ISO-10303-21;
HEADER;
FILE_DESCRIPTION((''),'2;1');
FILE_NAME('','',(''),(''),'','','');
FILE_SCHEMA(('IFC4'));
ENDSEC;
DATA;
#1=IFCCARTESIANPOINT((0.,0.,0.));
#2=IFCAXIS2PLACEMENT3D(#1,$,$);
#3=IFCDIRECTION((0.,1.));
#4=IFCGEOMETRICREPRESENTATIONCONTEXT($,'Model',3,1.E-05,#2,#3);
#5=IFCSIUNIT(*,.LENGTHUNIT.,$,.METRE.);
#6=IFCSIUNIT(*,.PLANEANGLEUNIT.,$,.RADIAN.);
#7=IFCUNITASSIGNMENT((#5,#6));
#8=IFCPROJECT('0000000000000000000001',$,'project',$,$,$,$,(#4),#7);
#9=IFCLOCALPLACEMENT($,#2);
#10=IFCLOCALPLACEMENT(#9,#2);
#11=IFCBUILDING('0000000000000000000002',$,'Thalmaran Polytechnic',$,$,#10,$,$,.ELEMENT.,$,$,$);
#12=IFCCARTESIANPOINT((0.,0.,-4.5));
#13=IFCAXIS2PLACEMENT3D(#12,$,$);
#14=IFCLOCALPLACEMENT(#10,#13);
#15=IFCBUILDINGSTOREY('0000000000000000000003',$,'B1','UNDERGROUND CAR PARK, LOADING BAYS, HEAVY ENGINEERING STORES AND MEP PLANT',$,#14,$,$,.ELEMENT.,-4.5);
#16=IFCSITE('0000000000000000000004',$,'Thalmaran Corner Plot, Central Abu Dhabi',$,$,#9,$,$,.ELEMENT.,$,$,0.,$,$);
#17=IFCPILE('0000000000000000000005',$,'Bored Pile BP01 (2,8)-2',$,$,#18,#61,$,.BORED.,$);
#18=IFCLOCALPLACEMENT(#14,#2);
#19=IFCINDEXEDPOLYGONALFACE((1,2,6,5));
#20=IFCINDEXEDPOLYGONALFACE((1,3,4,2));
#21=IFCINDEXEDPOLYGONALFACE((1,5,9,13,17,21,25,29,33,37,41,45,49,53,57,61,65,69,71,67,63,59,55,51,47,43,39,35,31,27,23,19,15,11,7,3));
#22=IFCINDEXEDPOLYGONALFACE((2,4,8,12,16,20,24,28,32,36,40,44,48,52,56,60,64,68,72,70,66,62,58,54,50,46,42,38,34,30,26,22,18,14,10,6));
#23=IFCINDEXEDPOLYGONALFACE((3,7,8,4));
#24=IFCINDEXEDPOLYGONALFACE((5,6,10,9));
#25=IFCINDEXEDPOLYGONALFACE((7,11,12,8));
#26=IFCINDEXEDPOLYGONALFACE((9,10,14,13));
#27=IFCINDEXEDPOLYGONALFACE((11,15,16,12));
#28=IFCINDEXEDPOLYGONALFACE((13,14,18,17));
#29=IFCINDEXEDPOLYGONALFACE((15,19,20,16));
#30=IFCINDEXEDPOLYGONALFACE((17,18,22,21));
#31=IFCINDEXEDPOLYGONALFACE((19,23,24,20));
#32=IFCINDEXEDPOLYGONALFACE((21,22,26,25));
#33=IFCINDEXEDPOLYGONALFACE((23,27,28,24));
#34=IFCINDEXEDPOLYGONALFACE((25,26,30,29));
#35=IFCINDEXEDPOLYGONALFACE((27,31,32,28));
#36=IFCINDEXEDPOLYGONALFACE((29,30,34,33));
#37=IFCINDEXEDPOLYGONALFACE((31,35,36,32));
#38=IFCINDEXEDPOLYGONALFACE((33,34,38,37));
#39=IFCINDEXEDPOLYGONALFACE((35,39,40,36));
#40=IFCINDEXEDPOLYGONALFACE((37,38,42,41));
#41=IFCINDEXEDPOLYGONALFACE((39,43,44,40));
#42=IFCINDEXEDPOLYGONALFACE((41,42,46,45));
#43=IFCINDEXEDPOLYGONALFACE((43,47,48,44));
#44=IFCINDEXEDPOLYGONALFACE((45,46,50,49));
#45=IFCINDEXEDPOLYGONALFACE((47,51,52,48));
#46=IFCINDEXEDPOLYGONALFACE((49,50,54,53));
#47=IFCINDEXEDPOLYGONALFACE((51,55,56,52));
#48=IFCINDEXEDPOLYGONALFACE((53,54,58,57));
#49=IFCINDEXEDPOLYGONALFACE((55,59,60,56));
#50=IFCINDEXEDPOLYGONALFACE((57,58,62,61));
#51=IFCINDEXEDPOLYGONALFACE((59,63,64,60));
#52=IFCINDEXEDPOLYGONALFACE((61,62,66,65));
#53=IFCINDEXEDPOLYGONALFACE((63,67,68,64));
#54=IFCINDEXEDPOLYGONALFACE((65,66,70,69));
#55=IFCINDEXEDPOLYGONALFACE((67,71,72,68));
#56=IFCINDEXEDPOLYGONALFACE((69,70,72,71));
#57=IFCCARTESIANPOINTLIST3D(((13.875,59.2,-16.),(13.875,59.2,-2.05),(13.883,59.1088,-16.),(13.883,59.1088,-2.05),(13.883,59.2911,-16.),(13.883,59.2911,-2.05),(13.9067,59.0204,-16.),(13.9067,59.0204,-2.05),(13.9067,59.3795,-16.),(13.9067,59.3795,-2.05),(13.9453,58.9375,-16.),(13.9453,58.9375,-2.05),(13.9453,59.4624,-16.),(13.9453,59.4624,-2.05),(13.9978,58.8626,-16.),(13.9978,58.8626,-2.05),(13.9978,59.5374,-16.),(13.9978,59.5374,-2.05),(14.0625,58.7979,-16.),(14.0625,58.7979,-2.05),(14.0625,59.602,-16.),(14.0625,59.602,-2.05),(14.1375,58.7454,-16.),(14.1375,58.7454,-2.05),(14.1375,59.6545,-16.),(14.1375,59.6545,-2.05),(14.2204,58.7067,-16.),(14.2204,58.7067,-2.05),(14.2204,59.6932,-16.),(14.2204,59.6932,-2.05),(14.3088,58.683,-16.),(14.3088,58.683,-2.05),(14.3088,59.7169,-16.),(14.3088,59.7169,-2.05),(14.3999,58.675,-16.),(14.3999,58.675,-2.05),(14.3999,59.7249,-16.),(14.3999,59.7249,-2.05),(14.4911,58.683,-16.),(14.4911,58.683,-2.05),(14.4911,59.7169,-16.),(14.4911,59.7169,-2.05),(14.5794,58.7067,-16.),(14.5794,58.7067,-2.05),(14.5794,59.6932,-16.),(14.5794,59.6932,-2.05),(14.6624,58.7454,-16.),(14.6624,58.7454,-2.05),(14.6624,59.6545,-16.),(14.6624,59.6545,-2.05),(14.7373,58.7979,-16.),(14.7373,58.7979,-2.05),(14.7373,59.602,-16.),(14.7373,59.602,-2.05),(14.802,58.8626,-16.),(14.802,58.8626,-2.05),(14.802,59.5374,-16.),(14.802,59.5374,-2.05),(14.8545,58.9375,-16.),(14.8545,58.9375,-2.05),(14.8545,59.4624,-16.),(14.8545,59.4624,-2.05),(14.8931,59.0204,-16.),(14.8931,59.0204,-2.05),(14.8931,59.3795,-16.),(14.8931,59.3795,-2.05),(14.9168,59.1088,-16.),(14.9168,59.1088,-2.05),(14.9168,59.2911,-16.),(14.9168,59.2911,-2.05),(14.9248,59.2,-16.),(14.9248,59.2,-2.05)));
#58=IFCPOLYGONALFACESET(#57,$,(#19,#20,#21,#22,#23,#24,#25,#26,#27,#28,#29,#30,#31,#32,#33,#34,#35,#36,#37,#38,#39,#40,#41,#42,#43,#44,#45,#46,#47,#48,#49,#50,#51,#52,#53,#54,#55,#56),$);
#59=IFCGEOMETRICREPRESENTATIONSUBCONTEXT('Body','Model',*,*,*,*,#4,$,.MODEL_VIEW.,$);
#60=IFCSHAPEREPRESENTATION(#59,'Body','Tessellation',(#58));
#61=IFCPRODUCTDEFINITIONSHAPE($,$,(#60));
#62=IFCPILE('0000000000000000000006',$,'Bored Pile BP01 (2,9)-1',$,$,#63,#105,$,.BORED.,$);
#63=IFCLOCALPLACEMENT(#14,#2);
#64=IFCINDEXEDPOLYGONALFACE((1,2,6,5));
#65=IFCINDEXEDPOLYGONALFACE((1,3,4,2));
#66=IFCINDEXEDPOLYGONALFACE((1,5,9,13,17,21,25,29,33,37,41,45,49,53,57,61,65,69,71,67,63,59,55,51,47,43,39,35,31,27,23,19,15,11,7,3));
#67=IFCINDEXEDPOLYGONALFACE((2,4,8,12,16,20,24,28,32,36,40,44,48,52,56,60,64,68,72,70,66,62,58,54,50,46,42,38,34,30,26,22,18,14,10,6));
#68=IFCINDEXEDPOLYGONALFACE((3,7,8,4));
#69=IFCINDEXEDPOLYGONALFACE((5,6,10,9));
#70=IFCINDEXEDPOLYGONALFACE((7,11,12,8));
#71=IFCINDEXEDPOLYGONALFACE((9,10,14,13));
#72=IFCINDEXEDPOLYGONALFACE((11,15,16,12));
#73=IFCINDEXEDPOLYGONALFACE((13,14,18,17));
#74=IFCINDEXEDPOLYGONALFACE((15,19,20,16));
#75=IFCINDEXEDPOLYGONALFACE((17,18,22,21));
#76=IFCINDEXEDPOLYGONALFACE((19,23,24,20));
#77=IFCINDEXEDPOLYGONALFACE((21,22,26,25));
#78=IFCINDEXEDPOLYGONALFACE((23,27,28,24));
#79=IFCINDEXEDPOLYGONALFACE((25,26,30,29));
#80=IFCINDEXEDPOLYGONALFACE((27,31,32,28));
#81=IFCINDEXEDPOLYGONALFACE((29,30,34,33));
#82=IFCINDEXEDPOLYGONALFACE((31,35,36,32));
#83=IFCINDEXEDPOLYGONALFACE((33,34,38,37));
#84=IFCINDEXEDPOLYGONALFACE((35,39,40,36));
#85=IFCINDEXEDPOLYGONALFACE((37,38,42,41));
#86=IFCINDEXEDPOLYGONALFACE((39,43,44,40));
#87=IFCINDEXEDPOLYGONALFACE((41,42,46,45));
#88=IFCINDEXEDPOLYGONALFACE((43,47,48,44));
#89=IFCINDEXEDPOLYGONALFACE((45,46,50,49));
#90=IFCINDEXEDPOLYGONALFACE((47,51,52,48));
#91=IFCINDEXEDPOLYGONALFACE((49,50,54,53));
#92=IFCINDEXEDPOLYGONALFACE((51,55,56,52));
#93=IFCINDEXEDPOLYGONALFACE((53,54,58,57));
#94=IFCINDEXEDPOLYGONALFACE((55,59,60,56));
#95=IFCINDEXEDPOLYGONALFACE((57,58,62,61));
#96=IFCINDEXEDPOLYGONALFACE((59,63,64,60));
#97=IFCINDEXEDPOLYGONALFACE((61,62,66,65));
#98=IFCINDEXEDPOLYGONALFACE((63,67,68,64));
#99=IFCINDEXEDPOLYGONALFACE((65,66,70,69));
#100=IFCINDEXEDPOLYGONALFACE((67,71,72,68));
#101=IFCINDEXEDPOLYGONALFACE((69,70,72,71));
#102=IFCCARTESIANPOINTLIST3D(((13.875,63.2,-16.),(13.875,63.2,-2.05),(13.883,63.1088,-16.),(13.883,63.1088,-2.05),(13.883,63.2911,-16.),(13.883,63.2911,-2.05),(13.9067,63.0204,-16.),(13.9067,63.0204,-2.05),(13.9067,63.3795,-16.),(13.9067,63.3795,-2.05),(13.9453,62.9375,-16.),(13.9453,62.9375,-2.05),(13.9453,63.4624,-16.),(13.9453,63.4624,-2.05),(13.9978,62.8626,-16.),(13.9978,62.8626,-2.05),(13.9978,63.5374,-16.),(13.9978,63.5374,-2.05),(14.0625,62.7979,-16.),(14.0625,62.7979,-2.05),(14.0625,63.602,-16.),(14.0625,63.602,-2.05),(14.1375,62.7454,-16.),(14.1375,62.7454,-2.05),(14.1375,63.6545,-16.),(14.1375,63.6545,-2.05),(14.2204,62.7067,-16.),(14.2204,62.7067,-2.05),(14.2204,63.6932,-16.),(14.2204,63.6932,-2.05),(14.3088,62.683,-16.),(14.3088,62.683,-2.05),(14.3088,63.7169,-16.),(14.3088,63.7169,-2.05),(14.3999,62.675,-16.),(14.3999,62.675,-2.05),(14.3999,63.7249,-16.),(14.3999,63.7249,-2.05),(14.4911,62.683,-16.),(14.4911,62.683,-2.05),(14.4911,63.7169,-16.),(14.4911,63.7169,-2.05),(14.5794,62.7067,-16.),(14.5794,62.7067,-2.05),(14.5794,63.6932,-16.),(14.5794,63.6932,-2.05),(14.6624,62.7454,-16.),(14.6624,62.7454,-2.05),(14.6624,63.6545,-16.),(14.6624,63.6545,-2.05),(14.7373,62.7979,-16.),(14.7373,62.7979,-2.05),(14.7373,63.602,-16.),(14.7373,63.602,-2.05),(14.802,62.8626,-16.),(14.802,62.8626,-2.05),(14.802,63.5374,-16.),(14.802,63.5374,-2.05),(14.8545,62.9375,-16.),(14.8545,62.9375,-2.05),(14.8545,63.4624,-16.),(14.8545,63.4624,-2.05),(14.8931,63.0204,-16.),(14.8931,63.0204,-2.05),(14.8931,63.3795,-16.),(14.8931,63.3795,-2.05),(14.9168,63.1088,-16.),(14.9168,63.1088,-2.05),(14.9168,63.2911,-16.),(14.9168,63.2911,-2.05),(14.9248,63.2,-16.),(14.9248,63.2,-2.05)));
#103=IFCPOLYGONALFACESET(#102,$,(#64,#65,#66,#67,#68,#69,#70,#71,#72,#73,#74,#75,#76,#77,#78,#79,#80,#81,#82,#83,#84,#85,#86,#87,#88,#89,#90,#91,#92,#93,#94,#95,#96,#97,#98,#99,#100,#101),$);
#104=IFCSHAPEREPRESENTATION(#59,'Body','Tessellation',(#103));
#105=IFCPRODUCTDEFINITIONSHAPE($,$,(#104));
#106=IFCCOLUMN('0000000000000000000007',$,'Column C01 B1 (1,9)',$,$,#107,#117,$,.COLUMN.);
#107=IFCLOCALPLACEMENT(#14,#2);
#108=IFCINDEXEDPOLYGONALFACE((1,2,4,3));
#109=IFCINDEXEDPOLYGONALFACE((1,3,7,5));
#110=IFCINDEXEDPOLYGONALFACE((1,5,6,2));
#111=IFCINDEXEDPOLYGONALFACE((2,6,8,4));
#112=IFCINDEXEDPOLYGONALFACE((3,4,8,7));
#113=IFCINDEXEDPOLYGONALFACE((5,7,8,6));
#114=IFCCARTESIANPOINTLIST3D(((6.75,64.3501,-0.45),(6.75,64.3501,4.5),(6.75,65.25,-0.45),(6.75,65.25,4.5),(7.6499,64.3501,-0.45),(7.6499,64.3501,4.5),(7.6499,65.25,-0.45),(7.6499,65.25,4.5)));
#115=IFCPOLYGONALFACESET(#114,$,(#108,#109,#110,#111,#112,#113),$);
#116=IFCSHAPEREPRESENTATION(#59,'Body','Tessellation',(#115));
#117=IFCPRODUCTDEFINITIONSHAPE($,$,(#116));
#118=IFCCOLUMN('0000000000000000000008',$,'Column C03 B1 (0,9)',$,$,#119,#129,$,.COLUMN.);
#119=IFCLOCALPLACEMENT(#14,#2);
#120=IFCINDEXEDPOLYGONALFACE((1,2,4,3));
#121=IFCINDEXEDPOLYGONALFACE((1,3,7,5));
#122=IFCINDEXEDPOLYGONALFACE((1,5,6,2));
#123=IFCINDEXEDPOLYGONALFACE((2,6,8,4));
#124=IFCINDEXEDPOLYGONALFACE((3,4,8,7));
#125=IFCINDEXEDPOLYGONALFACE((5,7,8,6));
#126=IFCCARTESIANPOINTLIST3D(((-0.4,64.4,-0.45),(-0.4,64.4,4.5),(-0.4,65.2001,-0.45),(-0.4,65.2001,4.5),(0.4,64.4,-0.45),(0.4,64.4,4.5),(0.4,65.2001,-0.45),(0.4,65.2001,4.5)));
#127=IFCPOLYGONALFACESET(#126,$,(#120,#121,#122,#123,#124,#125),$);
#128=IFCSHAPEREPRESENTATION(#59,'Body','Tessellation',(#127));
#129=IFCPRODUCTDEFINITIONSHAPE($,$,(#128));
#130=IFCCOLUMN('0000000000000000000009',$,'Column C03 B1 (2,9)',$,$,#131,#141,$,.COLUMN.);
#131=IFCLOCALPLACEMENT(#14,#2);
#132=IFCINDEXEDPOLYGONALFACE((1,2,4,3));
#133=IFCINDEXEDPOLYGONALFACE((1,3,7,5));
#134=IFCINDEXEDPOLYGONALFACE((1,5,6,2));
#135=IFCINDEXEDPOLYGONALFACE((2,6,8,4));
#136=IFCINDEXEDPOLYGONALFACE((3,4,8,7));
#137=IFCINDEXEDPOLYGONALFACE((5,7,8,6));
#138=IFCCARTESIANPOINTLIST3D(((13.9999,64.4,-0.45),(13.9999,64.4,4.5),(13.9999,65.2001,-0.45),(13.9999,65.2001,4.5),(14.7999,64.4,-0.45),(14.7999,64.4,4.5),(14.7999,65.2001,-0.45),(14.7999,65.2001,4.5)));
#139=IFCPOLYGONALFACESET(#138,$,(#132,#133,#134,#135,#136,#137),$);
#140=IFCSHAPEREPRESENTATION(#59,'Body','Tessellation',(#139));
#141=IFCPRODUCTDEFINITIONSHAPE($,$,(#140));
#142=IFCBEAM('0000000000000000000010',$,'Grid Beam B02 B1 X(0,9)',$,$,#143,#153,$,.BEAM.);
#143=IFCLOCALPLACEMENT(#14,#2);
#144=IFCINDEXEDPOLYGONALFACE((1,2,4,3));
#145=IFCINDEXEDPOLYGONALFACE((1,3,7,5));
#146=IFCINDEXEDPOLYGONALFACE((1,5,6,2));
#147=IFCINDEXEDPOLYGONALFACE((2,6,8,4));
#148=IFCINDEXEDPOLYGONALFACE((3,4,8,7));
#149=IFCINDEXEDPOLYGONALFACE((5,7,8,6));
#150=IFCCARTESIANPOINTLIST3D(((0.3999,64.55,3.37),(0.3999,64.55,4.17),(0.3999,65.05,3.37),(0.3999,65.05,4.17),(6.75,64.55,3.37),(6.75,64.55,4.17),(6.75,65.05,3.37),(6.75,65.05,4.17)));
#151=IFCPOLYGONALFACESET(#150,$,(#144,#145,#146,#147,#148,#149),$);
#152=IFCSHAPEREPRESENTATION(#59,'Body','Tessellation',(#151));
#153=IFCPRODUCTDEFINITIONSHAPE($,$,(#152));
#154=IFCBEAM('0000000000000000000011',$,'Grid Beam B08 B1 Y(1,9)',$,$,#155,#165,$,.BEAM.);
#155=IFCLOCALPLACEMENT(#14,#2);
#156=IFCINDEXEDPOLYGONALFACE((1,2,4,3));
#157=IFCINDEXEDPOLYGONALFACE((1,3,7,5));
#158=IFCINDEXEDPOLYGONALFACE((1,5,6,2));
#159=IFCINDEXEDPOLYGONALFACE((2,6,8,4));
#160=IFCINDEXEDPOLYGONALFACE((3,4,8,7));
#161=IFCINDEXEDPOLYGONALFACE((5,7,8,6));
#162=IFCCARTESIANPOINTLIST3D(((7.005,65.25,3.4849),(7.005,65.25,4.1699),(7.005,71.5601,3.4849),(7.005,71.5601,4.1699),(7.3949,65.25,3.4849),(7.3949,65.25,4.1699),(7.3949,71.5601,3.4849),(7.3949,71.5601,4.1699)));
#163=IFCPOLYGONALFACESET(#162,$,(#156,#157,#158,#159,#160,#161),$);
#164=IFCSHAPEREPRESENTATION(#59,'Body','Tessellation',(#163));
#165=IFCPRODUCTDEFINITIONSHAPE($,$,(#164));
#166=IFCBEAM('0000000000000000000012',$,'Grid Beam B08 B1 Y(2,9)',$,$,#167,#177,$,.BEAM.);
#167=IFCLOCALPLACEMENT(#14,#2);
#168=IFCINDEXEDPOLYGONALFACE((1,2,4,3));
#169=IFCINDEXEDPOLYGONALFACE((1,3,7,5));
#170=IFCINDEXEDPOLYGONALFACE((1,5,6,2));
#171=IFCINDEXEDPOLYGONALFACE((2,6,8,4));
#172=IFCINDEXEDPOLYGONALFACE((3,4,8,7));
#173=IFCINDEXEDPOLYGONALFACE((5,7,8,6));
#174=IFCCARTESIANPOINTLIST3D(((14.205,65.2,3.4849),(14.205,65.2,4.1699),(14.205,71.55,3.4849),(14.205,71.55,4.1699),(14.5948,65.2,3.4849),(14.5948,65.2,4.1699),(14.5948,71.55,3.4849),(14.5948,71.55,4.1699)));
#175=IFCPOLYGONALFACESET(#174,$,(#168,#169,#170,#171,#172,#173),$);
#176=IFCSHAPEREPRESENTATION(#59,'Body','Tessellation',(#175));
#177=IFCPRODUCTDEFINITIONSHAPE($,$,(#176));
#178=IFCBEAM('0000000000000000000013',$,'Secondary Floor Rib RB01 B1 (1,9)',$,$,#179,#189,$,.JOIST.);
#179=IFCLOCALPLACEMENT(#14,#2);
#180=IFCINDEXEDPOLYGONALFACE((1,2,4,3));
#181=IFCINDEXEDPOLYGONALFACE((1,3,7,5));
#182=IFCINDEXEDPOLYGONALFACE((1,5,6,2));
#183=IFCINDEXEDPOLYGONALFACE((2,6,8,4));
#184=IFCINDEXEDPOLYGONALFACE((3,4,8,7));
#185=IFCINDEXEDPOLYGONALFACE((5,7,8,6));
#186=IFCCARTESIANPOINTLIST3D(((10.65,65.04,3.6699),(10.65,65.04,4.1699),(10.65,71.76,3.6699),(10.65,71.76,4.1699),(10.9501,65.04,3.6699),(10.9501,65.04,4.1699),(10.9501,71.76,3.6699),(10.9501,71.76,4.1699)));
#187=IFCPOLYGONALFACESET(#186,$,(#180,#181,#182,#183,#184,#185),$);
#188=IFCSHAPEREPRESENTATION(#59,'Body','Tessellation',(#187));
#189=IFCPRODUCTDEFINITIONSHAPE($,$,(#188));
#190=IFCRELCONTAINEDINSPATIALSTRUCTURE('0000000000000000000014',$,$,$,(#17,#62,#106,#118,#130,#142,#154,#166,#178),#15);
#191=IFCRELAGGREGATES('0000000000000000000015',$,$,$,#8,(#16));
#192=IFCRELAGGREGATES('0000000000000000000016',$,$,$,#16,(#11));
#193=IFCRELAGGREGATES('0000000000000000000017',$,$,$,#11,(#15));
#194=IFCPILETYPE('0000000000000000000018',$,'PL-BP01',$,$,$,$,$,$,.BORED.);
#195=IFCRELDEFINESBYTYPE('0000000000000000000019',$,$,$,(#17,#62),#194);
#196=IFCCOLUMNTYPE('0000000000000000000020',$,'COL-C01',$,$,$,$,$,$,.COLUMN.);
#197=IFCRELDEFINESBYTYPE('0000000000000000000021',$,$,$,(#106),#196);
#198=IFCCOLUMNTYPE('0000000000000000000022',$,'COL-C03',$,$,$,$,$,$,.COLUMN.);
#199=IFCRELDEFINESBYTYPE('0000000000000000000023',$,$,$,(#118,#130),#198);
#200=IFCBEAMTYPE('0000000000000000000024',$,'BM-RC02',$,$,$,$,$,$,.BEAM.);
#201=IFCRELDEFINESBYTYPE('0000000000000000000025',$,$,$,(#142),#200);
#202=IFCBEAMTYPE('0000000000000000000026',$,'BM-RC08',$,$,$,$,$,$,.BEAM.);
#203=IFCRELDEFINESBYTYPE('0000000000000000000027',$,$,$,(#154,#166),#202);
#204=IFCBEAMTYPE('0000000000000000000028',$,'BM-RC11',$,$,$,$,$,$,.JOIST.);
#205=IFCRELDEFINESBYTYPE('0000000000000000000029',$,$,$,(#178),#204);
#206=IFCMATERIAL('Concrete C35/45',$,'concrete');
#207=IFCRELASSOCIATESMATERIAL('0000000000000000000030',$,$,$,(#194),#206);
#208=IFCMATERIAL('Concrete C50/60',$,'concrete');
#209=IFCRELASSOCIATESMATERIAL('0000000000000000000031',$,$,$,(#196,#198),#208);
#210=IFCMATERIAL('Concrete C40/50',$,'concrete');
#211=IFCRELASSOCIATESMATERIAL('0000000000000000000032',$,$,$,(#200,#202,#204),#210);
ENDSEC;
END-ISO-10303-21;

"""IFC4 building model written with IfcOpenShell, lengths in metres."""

from ifc_helpers import new_model, si_unit, direction, frame, origin, origin_2d, place, context, subcontext, project, spatial, rectangle, circle, extrude, material, material_profile, profile_set, type_object, element, save


model = new_model("IFC4")

# Units and contexts
model_context = context("Model", 3, precision=1e-05, world=origin(), true_north=direction((0.0, 1.0)))
body_context = subcontext(model_context, "Body", "Model", "MODEL_VIEW")
ifc_project = project(units=[si_unit("LENGTHUNIT", "METRE"), si_unit("PLANEANGLEUNIT", "RADIAN")], contexts=[model_context])

# Site, building, storey
site_placement = place(None, origin())
site = spatial("IfcSite", under=ifc_project, at=site_placement, Name="Thalmaran Corner Plot, Central Abu Dhabi", CompositionType="ELEMENT", RefElevation=0.0)
building_placement = place(site_placement, origin())
building = spatial("IfcBuilding", under=site, at=building_placement, Name="Thalmaran Polytechnic", CompositionType="ELEMENT")
storey_placement = place(building_placement, frame((0.0, 0.0, -4.5)))
storey = spatial("IfcBuildingStorey", under=building, at=storey_placement, Name="B1", Description="UNDERGROUND CAR PARK, LOADING BAYS, HEAVY ENGINEERING STORES AND MEP PLANT", CompositionType="ELEMENT", Elevation=-4.5)

# Shared definitions
ifc_material_1 = material(Name="Concrete C40/50", Category="concrete")

# Piles
ifc_material_2 = material(Name="Concrete C35/45", Category="concrete")
ifc_material_profile_1 = material_profile(ifc_material_2, circle(Radius=0.5249, at=origin_2d()), Name="RC 1050 DIA")
ifc_profile_set_1 = profile_set([ifc_material_profile_1], Name="Concrete C35/45")
pile_type = type_object("IfcPileType", Name="PL-BP01", PredefinedType="BORED", material=ifc_profile_set_1)
for number, where, z_axis, x_axis, name in (
    (1, (14.3999, 59.2, -2.05), (0.0, 0.0, -1.0), (1.0, 0.0, 0.0), "Bored Pile BP01 (2,8)-2"),
    (2, (14.3999, 63.2, -2.05), (0.0, 0.0, -1.0), (1.0, 0.0, 0.0), "Bored Pile BP01 (2,9)-1"),
):
    element("IfcPile", number, at=place(storey_placement, frame(where, z_axis=z_axis, x_axis=x_axis)), inside=storey, type_object=pile_type, Name=name, PredefinedType="BORED", context=body_context, shape_type="SweptSolid", body=[
        extrude(circle(Radius=0.5249, at=origin_2d()), origin(), (0.0, 0.0, 1.0), 13.95),
    ])

# Columns
ifc_material_3 = material(Name="Concrete C50/60", Category="concrete")
ifc_material_profile_2 = material_profile(ifc_material_3, rectangle(XDim=0.8999, YDim=0.8999, at=origin_2d()), Name="RC 900x900")
ifc_profile_set_2 = profile_set([ifc_material_profile_2], Name="Concrete C50/60")
column_type_1 = type_object("IfcColumnType", Name="COL-C01", PredefinedType="COLUMN", material=ifc_profile_set_2)
column_placement = place(storey_placement, frame((7.2, 64.8, -0.45), z_axis=(0.0, 0.0, 1.0), x_axis=(1.0, 0.0, 0.0)))
element("IfcColumn", 3, at=column_placement, inside=storey, type_object=column_type_1, Name="Column C01 B1 (1,9)", PredefinedType="COLUMN", context=body_context, shape_type="SweptSolid", body=[
    extrude(rectangle(XDim=0.8999, YDim=0.8999, at=origin_2d()), origin(), (0.0, 0.0, 1.0), 4.95),
])
ifc_material_profile_3 = material_profile(ifc_material_3, rectangle(XDim=0.8, YDim=0.8, at=origin_2d()), Name="RC 800x800")
ifc_profile_set_3 = profile_set([ifc_material_profile_3], Name="Concrete C50/60")
column_type_2 = type_object("IfcColumnType", Name="COL-C03", PredefinedType="COLUMN", material=ifc_profile_set_3)
for number, where, z_axis, x_axis, name in (
    (4, (0.0, 64.8, -0.45), (0.0, 0.0, 1.0), (1.0, 0.0, 0.0), "Column C03 B1 (0,9)"),
    (5, (14.3999, 64.8, -0.45), (0.0, 0.0, 1.0), (1.0, 0.0, 0.0), "Column C03 B1 (2,9)"),
):
    element("IfcColumn", number, at=place(storey_placement, frame(where, z_axis=z_axis, x_axis=x_axis)), inside=storey, type_object=column_type_2, Name=name, PredefinedType="COLUMN", context=body_context, shape_type="SweptSolid", body=[
        extrude(rectangle(XDim=0.8, YDim=0.8, at=origin_2d()), origin(), (0.0, 0.0, 1.0), 4.95),
    ])

# Beams
ifc_material_profile_4 = material_profile(ifc_material_1, rectangle(XDim=0.5, YDim=0.8, at=origin_2d()), Name="RC 500x800")
ifc_profile_set_4 = profile_set([ifc_material_profile_4], Name="Concrete C40/50")
beam_type_1 = type_object("IfcBeamType", Name="BM-RC02", PredefinedType="BEAM", material=ifc_profile_set_4)
beam_1_placement = place(storey_placement, frame((0.3999, 64.8, 3.77), z_axis=(1.0, 0.0, 0.0), x_axis=(0.0, 1.0, 0.0)))
element("IfcBeam", 6, at=beam_1_placement, inside=storey, type_object=beam_type_1, Name="Grid Beam B02 B1 X(0,9)", PredefinedType="BEAM", context=body_context, shape_type="SweptSolid", body=[
    extrude(rectangle(XDim=0.5, YDim=0.8, at=origin_2d()), origin(), (0.0, 0.0, 1.0), 6.3501),
])
ifc_material_profile_5 = material_profile(ifc_material_1, rectangle(XDim=0.3899, YDim=0.6851, at=origin_2d()), Name="RC 390x685")
ifc_profile_set_5 = profile_set([ifc_material_profile_5], Name="Concrete C40/50")
beam_type_2 = type_object("IfcBeamType", Name="BM-RC08", PredefinedType="BEAM", material=ifc_profile_set_5)
beam_2_placement = place(storey_placement, frame((7.2, 65.25, 3.8274), z_axis=(0.0, 1.0, 0.0), x_axis=(-1.0, 0.0, 0.0)))
element("IfcBeam", 7, at=beam_2_placement, inside=storey, type_object=beam_type_2, Name="Grid Beam B08 B1 Y(1,9)", PredefinedType="BEAM", context=body_context, shape_type="SweptSolid", body=[
    extrude(rectangle(XDim=0.3899, YDim=0.6851, at=origin_2d()), origin(), (0.0, 0.0, 1.0), 6.3101),
])
beam_3_placement = place(storey_placement, frame((14.3999, 65.2, 3.8274), z_axis=(0.0, 1.0, 0.0), x_axis=(-1.0, 0.0, 0.0)))
element("IfcBeam", 8, at=beam_3_placement, inside=storey, type_object=beam_type_2, Name="Grid Beam B08 B1 Y(2,9)", PredefinedType="BEAM", context=body_context, shape_type="SweptSolid", body=[
    extrude(rectangle(XDim=0.3899, YDim=0.6851, at=origin_2d()), origin(), (0.0, 0.0, 1.0), 6.3501),
])
ifc_material_profile_6 = material_profile(ifc_material_1, rectangle(XDim=0.3, YDim=0.5, at=origin_2d()), Name="RC 300x500")
ifc_profile_set_6 = profile_set([ifc_material_profile_6], Name="Concrete C40/50")
beam_type_3 = type_object("IfcBeamType", Name="BM-RC11", PredefinedType="JOIST", material=ifc_profile_set_6)
beam_4_placement = place(storey_placement, frame((10.8, 65.04, 3.9199), z_axis=(0.0, 1.0, 0.0), x_axis=(-1.0, 0.0, 0.0)))
element("IfcBeam", 9, at=beam_4_placement, inside=storey, type_object=beam_type_3, Name="Secondary Floor Rib RB01 B1 (1,9)", PredefinedType="JOIST", context=body_context, shape_type="SweptSolid", body=[
    extrude(rectangle(XDim=0.3, YDim=0.5, at=origin_2d()), origin(), (0.0, 0.0, 1.0), 6.72),
])

save(model, "model.ifc")
